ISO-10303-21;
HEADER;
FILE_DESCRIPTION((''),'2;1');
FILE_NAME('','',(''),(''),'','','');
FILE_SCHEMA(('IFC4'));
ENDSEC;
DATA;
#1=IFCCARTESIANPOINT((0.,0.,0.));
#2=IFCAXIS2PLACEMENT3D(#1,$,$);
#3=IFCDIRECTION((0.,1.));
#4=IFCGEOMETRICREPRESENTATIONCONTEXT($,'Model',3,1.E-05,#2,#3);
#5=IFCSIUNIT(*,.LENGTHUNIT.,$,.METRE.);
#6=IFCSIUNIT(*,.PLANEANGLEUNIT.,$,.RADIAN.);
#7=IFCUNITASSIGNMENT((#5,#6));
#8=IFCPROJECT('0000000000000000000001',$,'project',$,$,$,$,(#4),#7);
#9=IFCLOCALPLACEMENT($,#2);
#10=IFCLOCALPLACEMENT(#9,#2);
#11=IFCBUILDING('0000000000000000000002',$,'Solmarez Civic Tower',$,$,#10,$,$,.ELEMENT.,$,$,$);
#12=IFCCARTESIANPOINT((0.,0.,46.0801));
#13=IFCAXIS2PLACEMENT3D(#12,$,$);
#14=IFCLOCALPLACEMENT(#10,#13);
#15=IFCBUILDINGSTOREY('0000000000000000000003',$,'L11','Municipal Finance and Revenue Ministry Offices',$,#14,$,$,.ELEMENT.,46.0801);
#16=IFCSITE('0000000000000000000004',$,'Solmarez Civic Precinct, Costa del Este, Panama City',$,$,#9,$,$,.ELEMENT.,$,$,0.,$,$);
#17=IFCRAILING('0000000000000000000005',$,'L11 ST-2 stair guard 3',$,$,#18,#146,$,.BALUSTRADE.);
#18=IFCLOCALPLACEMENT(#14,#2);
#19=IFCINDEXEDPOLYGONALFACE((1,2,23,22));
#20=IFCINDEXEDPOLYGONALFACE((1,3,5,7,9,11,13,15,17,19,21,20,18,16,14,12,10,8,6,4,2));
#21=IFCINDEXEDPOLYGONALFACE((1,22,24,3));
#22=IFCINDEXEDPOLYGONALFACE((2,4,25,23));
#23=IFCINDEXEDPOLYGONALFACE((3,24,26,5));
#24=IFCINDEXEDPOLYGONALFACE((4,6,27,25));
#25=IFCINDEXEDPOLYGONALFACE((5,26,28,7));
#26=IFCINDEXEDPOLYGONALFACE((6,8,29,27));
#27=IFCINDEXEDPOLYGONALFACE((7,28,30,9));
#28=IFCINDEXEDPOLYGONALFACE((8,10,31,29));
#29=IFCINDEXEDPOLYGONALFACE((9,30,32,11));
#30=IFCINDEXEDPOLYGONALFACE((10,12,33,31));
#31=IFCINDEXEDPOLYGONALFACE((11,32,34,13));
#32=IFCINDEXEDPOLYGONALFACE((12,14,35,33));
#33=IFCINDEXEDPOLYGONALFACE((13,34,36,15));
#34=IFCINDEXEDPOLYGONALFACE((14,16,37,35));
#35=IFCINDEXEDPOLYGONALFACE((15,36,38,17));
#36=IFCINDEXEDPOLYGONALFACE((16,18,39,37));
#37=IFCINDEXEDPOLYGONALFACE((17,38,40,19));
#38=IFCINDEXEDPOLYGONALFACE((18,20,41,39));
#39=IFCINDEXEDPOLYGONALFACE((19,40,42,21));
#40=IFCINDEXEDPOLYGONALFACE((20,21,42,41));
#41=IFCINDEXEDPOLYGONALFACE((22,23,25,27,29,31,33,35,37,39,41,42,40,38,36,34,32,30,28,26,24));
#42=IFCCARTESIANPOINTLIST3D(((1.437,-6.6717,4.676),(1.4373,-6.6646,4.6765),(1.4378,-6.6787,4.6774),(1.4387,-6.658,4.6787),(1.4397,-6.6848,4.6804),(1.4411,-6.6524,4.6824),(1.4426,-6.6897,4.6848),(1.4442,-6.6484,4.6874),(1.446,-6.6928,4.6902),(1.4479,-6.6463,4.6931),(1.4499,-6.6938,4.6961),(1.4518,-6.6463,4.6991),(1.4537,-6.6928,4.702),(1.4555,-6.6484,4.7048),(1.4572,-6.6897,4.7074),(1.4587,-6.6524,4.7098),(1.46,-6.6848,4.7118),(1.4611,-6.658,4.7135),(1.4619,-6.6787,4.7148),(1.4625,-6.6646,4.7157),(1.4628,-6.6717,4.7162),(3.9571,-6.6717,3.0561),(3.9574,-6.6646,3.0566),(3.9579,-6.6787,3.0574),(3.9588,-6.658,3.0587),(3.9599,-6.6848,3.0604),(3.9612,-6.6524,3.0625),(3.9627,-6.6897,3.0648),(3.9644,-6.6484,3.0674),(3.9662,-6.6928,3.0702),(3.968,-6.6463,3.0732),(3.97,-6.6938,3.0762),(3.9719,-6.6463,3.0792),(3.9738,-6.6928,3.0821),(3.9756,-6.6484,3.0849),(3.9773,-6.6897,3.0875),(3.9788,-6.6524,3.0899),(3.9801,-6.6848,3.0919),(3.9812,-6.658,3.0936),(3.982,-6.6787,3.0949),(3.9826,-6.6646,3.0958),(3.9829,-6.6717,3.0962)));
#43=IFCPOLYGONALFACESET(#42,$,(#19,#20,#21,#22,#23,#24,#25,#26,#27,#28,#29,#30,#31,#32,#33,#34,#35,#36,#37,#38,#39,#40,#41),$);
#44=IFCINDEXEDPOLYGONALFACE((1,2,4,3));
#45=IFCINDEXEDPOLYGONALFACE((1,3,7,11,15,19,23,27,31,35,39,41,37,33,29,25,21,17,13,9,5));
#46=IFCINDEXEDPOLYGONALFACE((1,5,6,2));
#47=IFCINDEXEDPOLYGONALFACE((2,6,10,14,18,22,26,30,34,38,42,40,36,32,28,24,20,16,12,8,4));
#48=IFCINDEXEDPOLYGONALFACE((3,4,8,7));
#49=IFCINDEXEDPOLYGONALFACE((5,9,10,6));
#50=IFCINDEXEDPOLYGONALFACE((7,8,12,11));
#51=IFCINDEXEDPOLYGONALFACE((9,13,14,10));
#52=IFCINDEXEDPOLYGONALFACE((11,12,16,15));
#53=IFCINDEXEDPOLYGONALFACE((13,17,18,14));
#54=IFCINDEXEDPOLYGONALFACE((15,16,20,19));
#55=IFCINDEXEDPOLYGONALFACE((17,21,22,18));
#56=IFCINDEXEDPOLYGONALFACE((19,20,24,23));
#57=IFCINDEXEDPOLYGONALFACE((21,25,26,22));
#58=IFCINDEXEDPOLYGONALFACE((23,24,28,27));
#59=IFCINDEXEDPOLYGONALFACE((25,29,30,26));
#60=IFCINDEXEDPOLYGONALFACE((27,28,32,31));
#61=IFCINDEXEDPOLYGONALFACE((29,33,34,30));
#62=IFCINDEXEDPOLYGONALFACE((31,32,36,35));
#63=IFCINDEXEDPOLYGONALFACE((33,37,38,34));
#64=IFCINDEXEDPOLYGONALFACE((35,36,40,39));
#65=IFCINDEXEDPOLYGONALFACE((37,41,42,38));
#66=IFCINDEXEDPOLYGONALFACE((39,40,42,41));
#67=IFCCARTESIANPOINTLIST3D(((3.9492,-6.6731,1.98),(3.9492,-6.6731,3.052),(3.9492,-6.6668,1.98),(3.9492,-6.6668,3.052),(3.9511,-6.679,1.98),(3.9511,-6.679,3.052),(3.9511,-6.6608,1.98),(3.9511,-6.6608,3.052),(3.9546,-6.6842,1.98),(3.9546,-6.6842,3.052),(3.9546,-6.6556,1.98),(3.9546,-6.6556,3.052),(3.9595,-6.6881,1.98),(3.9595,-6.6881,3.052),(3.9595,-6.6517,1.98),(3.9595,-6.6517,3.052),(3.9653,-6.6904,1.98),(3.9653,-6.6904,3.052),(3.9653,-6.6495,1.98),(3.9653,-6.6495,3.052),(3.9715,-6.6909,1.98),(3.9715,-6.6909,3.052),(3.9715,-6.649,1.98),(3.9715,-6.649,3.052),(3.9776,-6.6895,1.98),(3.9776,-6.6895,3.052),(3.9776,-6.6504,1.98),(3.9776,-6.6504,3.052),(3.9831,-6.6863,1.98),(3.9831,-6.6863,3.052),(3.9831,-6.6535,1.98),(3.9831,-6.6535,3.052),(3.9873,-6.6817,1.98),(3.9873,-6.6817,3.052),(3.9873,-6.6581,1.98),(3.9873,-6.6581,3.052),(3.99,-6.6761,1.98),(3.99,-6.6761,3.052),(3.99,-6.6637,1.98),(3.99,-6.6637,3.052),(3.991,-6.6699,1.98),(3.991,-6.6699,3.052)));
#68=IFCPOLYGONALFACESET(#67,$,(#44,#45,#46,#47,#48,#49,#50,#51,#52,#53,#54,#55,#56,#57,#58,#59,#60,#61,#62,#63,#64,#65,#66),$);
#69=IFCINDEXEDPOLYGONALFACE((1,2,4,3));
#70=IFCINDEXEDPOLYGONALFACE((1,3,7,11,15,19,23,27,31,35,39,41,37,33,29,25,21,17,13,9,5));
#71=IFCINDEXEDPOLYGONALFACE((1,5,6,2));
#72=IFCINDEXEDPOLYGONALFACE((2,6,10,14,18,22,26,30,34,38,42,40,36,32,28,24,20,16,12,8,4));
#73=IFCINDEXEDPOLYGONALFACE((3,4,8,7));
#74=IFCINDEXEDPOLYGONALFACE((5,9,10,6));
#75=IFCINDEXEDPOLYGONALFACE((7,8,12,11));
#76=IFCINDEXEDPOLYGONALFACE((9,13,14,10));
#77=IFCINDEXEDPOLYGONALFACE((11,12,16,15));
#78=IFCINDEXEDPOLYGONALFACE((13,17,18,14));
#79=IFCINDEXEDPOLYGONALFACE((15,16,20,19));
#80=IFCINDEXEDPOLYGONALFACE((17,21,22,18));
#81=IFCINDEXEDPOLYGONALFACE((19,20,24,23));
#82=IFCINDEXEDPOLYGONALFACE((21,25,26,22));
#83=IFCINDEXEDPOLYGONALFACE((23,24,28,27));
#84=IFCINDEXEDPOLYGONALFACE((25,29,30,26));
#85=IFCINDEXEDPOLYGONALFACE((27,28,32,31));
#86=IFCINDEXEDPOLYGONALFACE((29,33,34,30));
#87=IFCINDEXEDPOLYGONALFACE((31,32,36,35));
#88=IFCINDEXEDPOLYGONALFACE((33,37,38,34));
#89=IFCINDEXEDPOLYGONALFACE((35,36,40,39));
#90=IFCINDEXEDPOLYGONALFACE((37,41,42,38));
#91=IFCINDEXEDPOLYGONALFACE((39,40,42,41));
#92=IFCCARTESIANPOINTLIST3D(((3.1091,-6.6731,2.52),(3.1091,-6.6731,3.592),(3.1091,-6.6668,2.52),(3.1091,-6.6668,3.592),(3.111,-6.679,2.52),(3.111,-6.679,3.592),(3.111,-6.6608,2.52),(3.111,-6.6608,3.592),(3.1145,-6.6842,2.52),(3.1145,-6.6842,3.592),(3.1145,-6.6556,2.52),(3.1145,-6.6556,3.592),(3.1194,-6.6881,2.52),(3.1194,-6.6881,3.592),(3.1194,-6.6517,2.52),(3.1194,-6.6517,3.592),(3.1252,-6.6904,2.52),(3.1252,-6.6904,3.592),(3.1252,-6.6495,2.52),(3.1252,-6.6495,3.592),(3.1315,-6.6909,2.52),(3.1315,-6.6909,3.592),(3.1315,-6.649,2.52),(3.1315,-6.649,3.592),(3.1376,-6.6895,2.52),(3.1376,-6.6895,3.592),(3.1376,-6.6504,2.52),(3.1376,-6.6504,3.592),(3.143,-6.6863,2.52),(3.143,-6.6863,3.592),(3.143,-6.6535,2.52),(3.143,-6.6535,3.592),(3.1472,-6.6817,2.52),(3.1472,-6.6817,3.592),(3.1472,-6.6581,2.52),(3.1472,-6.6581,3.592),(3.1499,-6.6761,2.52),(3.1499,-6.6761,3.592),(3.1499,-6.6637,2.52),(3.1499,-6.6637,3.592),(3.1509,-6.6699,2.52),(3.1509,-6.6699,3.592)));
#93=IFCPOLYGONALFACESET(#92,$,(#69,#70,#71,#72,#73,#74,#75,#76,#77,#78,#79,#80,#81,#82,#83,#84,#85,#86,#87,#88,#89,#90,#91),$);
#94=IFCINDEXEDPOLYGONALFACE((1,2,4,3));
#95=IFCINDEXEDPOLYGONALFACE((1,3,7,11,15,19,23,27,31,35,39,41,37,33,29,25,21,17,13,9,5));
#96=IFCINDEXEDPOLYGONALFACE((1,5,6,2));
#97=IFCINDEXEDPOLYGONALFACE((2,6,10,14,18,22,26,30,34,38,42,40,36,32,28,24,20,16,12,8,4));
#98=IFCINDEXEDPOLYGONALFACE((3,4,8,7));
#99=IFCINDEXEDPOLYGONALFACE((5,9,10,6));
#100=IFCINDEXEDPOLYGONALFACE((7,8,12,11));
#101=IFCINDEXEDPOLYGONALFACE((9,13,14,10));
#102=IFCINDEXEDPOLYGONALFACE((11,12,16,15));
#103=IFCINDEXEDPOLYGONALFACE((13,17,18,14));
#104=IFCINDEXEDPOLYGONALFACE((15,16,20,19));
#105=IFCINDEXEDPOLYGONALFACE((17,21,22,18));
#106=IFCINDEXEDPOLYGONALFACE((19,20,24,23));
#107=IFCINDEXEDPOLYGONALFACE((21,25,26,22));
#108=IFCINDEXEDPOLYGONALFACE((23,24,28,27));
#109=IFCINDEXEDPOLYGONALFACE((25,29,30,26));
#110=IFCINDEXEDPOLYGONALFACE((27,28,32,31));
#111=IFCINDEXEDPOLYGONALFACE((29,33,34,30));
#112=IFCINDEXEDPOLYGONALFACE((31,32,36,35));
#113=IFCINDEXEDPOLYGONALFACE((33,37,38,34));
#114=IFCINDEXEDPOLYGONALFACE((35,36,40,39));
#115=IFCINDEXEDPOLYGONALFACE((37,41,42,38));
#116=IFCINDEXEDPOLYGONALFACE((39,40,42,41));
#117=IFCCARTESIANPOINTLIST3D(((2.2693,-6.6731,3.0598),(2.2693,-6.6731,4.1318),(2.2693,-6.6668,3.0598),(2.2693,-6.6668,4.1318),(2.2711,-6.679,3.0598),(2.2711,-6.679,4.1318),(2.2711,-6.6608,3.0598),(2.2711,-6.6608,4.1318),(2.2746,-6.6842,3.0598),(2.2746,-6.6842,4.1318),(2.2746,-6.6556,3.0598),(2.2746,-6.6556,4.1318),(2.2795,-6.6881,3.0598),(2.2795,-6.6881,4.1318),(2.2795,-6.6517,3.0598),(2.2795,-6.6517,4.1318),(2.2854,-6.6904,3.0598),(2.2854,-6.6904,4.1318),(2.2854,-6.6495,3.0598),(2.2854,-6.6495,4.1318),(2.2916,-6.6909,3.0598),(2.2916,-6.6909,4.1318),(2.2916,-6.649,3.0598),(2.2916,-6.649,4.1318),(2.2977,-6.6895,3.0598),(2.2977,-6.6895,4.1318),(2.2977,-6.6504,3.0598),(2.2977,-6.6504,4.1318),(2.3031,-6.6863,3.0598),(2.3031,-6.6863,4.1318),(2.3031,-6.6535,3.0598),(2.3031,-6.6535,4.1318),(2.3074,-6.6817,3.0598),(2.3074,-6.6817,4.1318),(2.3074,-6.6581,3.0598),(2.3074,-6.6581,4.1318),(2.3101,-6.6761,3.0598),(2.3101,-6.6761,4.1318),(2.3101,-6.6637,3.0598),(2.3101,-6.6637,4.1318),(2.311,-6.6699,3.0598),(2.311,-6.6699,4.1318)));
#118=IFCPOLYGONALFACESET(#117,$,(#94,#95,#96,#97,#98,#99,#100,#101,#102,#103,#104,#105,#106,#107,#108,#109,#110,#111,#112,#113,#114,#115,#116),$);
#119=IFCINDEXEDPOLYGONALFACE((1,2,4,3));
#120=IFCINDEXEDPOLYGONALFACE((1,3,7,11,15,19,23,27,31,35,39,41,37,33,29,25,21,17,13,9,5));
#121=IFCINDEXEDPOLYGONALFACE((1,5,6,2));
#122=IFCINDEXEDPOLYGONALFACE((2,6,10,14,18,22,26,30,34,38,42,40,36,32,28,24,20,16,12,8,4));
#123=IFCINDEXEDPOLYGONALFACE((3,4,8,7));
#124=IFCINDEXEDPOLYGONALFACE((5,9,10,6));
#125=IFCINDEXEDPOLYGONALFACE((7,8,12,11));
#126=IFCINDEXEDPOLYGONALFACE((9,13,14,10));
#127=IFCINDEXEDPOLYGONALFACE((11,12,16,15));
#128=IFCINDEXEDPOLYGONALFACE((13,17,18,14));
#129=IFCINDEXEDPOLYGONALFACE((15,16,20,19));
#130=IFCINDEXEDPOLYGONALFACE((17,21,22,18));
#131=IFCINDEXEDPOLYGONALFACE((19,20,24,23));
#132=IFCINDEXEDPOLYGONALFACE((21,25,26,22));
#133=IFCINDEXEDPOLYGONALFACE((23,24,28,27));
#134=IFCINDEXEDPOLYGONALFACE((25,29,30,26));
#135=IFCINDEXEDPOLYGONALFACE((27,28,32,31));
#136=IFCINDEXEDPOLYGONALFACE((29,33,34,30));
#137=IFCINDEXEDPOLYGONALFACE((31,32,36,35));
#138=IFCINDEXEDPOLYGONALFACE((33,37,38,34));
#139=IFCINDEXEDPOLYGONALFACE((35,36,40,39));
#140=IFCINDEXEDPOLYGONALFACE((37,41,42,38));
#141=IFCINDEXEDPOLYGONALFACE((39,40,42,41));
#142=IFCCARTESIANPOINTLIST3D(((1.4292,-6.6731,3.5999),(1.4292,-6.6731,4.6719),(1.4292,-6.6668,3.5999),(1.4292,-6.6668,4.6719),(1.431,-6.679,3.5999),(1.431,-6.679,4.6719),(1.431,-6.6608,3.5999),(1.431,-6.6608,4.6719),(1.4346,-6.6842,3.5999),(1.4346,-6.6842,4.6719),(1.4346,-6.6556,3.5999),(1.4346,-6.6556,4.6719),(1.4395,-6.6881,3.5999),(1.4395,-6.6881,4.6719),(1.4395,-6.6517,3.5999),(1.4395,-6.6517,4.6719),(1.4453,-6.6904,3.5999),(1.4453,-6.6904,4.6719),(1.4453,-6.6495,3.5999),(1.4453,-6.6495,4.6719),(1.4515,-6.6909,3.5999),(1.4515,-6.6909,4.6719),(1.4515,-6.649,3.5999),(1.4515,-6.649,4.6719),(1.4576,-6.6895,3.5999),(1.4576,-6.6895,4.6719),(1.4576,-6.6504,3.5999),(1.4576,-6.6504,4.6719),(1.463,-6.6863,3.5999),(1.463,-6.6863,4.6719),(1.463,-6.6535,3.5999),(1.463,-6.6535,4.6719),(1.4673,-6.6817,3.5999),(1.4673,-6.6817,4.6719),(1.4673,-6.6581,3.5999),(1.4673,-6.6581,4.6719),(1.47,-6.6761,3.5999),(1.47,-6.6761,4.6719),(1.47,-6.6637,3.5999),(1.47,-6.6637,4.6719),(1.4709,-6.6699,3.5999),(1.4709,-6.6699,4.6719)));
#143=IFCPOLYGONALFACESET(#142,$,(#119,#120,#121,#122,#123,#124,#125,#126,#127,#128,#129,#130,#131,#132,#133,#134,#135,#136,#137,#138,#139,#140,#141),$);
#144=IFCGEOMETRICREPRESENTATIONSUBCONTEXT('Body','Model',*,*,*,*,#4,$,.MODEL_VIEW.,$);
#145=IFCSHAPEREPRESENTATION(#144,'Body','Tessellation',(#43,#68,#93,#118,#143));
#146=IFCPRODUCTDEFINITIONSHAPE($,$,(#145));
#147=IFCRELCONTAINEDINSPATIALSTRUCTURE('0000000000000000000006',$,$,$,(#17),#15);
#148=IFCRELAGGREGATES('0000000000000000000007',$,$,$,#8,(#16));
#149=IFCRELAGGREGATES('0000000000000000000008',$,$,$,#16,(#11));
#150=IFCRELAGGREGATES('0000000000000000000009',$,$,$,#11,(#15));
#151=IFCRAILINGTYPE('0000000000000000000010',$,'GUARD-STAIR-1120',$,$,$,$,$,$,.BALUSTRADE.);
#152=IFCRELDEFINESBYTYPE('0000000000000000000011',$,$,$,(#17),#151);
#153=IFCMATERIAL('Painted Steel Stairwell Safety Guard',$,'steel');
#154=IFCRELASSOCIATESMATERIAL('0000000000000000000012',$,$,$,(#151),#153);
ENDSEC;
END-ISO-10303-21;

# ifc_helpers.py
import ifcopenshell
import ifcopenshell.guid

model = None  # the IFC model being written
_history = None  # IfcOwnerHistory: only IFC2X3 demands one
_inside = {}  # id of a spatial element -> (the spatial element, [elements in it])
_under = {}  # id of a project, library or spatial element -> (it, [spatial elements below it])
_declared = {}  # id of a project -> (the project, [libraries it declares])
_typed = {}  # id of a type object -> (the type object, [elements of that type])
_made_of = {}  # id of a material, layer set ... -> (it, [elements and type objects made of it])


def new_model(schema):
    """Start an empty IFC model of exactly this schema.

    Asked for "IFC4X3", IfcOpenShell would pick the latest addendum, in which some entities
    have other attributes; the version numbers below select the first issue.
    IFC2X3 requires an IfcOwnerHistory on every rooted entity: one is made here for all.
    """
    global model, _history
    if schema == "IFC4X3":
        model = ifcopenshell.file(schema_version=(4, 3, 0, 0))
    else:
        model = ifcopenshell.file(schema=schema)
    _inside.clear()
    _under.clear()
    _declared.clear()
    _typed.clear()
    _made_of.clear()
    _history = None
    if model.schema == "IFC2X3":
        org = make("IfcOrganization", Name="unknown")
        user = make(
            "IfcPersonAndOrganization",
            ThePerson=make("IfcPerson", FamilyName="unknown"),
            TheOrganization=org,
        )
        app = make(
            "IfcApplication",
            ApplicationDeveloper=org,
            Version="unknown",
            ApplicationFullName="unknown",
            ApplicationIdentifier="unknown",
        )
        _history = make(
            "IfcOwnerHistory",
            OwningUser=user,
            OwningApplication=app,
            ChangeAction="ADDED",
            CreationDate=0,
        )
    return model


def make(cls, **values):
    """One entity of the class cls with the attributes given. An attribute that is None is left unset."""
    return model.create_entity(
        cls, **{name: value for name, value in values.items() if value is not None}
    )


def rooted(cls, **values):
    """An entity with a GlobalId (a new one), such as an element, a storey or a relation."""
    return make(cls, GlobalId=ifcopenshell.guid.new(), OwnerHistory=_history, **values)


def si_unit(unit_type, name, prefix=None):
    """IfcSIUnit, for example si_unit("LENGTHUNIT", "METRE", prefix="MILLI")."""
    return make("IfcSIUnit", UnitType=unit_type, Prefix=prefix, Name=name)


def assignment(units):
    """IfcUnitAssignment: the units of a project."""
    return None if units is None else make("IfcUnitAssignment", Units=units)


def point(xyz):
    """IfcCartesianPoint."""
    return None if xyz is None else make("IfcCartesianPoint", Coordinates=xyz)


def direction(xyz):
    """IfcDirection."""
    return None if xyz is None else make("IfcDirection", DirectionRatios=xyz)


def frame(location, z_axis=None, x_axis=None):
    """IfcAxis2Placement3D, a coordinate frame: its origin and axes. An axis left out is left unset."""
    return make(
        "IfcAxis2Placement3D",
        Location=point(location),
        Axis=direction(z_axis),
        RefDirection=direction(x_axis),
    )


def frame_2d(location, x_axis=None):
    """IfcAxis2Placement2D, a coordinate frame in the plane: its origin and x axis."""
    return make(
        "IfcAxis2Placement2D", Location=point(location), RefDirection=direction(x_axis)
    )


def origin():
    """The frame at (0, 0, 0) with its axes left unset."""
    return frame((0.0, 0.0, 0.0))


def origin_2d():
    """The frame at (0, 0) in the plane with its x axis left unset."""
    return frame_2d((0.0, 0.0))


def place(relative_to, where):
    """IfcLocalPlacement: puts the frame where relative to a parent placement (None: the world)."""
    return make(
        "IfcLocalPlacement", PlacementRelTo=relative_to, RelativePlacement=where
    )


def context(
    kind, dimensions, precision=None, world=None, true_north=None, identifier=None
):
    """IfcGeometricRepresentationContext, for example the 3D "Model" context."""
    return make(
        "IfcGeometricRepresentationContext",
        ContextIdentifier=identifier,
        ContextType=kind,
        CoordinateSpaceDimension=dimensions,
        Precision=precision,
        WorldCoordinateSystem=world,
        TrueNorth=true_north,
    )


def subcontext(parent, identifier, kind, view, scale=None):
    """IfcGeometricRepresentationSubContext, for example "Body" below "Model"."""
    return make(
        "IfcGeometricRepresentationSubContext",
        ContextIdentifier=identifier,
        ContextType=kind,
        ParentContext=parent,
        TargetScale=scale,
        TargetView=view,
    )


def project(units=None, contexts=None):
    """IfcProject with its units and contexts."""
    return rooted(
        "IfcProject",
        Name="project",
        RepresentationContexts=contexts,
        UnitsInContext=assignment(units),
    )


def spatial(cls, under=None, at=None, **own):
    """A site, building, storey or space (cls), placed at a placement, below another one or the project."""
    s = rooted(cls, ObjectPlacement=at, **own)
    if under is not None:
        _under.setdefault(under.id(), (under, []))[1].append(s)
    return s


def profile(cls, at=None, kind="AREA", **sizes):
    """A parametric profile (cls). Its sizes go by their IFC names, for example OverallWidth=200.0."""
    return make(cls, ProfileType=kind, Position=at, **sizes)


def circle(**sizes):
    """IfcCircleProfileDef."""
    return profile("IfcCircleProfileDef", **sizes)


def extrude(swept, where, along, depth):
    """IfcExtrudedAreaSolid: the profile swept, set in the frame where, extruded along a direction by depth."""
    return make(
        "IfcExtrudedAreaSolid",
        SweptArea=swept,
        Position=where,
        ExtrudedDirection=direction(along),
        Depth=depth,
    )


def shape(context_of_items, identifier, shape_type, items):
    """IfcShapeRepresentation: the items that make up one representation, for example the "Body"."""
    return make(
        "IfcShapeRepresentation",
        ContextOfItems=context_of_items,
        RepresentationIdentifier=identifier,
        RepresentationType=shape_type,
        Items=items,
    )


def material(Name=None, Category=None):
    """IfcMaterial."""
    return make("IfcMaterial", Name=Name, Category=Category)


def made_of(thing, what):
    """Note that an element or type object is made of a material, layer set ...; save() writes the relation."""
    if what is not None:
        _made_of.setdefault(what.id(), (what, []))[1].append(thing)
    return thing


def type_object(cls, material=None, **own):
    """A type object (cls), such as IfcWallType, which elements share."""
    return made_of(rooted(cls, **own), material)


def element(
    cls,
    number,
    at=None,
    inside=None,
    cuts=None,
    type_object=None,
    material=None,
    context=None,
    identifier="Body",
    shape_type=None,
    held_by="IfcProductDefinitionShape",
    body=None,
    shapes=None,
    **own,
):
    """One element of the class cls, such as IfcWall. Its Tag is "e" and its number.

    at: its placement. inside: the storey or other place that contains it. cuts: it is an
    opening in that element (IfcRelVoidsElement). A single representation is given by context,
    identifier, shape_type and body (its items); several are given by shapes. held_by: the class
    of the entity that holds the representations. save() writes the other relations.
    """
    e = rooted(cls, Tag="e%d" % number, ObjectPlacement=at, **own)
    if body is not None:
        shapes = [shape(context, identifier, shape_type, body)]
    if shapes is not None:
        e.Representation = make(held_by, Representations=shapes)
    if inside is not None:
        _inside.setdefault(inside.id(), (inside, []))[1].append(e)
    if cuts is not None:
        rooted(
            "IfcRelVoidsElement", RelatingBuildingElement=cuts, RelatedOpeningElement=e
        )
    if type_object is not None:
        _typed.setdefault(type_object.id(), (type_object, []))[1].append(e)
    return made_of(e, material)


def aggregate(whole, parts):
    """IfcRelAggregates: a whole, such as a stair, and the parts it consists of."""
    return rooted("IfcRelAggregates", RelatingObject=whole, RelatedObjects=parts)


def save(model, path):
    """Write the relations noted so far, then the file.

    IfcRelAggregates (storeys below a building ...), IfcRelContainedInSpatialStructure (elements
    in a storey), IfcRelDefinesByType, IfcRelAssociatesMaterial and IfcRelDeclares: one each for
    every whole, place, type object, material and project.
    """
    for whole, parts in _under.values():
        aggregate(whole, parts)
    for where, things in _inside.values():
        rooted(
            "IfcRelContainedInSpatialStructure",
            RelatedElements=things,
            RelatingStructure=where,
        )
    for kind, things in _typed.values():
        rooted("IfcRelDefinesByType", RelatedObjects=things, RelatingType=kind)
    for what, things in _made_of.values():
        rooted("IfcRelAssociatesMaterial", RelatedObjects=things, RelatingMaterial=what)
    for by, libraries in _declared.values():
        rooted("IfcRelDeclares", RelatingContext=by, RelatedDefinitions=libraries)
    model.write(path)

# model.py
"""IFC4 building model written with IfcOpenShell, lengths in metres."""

from ifc_helpers import new_model, si_unit, direction, frame, origin, origin_2d, place, context, subcontext, project, spatial, circle, extrude, material, type_object, element, save


model = new_model("IFC4")

# Units and contexts
model_context = context("Model", 3, precision=1e-05, world=origin(), true_north=direction((0.0, 1.0)))
body_context = subcontext(model_context, "Body", "Model", "MODEL_VIEW")
ifc_project = project(units=[si_unit("LENGTHUNIT", "METRE"), si_unit("PLANEANGLEUNIT", "RADIAN")], contexts=[model_context])

# Site, building, storey
site_placement = place(None, origin())
site = spatial("IfcSite", under=ifc_project, at=site_placement, Name="Solmarez Civic Precinct, Costa del Este, Panama City", CompositionType="ELEMENT", RefElevation=0.0)
building_placement = place(site_placement, origin())
building = spatial("IfcBuilding", under=site, at=building_placement, Name="Solmarez Civic Tower", CompositionType="ELEMENT")
storey_placement = place(building_placement, frame((0.0, 0.0, 46.0801)))
storey = spatial("IfcBuildingStorey", under=building, at=storey_placement, Name="L11", Description="Municipal Finance and Revenue Ministry Offices", CompositionType="ELEMENT", Elevation=46.0801)

# Railing
ifc_material_1 = material(Name="Painted Steel Stairwell Safety Guard", Category="steel")
railing_type_1 = type_object("IfcRailingType", Name="GUARD-STAIR-1120", PredefinedType="BALUSTRADE", material=ifc_material_1)
railing_1_placement = place(storey_placement, frame((3.97, -6.6699, 1.98)))
element("IfcRailing", 1, at=railing_1_placement, inside=storey, type_object=railing_type_1, Name="L11 ST-2 stair guard 3", PredefinedType="BALUSTRADE", context=body_context, shape_type="SweptSolid", body=[
    extrude(circle(Radius=0.0239, at=origin_2d()), frame((0.0, 0.0, 1.0962), z_axis=(-0.8412, 0.0, 0.540725), x_axis=(0.0, -1.0, 0.0)), (0.0, 0.0, 1.0), 2.9958),
    extrude(circle(Radius=0.021, at=origin_2d()), origin(), (0.0, 0.0, 1.0), 1.072),
    extrude(circle(Radius=0.021, at=origin_2d()), frame((-0.8401, 0.0, 0.54)), (0.0, 0.0, 1.0), 1.072),
    extrude(circle(Radius=0.021, at=origin_2d()), frame((-1.6799, 0.0, 1.0798)), (0.0, 0.0, 1.0), 1.072),
    extrude(circle(Radius=0.021, at=origin_2d()), frame((-2.52, 0.0, 1.6199)), (0.0, 0.0, 1.0), 1.072),
])

save(model, "model.ifc")
